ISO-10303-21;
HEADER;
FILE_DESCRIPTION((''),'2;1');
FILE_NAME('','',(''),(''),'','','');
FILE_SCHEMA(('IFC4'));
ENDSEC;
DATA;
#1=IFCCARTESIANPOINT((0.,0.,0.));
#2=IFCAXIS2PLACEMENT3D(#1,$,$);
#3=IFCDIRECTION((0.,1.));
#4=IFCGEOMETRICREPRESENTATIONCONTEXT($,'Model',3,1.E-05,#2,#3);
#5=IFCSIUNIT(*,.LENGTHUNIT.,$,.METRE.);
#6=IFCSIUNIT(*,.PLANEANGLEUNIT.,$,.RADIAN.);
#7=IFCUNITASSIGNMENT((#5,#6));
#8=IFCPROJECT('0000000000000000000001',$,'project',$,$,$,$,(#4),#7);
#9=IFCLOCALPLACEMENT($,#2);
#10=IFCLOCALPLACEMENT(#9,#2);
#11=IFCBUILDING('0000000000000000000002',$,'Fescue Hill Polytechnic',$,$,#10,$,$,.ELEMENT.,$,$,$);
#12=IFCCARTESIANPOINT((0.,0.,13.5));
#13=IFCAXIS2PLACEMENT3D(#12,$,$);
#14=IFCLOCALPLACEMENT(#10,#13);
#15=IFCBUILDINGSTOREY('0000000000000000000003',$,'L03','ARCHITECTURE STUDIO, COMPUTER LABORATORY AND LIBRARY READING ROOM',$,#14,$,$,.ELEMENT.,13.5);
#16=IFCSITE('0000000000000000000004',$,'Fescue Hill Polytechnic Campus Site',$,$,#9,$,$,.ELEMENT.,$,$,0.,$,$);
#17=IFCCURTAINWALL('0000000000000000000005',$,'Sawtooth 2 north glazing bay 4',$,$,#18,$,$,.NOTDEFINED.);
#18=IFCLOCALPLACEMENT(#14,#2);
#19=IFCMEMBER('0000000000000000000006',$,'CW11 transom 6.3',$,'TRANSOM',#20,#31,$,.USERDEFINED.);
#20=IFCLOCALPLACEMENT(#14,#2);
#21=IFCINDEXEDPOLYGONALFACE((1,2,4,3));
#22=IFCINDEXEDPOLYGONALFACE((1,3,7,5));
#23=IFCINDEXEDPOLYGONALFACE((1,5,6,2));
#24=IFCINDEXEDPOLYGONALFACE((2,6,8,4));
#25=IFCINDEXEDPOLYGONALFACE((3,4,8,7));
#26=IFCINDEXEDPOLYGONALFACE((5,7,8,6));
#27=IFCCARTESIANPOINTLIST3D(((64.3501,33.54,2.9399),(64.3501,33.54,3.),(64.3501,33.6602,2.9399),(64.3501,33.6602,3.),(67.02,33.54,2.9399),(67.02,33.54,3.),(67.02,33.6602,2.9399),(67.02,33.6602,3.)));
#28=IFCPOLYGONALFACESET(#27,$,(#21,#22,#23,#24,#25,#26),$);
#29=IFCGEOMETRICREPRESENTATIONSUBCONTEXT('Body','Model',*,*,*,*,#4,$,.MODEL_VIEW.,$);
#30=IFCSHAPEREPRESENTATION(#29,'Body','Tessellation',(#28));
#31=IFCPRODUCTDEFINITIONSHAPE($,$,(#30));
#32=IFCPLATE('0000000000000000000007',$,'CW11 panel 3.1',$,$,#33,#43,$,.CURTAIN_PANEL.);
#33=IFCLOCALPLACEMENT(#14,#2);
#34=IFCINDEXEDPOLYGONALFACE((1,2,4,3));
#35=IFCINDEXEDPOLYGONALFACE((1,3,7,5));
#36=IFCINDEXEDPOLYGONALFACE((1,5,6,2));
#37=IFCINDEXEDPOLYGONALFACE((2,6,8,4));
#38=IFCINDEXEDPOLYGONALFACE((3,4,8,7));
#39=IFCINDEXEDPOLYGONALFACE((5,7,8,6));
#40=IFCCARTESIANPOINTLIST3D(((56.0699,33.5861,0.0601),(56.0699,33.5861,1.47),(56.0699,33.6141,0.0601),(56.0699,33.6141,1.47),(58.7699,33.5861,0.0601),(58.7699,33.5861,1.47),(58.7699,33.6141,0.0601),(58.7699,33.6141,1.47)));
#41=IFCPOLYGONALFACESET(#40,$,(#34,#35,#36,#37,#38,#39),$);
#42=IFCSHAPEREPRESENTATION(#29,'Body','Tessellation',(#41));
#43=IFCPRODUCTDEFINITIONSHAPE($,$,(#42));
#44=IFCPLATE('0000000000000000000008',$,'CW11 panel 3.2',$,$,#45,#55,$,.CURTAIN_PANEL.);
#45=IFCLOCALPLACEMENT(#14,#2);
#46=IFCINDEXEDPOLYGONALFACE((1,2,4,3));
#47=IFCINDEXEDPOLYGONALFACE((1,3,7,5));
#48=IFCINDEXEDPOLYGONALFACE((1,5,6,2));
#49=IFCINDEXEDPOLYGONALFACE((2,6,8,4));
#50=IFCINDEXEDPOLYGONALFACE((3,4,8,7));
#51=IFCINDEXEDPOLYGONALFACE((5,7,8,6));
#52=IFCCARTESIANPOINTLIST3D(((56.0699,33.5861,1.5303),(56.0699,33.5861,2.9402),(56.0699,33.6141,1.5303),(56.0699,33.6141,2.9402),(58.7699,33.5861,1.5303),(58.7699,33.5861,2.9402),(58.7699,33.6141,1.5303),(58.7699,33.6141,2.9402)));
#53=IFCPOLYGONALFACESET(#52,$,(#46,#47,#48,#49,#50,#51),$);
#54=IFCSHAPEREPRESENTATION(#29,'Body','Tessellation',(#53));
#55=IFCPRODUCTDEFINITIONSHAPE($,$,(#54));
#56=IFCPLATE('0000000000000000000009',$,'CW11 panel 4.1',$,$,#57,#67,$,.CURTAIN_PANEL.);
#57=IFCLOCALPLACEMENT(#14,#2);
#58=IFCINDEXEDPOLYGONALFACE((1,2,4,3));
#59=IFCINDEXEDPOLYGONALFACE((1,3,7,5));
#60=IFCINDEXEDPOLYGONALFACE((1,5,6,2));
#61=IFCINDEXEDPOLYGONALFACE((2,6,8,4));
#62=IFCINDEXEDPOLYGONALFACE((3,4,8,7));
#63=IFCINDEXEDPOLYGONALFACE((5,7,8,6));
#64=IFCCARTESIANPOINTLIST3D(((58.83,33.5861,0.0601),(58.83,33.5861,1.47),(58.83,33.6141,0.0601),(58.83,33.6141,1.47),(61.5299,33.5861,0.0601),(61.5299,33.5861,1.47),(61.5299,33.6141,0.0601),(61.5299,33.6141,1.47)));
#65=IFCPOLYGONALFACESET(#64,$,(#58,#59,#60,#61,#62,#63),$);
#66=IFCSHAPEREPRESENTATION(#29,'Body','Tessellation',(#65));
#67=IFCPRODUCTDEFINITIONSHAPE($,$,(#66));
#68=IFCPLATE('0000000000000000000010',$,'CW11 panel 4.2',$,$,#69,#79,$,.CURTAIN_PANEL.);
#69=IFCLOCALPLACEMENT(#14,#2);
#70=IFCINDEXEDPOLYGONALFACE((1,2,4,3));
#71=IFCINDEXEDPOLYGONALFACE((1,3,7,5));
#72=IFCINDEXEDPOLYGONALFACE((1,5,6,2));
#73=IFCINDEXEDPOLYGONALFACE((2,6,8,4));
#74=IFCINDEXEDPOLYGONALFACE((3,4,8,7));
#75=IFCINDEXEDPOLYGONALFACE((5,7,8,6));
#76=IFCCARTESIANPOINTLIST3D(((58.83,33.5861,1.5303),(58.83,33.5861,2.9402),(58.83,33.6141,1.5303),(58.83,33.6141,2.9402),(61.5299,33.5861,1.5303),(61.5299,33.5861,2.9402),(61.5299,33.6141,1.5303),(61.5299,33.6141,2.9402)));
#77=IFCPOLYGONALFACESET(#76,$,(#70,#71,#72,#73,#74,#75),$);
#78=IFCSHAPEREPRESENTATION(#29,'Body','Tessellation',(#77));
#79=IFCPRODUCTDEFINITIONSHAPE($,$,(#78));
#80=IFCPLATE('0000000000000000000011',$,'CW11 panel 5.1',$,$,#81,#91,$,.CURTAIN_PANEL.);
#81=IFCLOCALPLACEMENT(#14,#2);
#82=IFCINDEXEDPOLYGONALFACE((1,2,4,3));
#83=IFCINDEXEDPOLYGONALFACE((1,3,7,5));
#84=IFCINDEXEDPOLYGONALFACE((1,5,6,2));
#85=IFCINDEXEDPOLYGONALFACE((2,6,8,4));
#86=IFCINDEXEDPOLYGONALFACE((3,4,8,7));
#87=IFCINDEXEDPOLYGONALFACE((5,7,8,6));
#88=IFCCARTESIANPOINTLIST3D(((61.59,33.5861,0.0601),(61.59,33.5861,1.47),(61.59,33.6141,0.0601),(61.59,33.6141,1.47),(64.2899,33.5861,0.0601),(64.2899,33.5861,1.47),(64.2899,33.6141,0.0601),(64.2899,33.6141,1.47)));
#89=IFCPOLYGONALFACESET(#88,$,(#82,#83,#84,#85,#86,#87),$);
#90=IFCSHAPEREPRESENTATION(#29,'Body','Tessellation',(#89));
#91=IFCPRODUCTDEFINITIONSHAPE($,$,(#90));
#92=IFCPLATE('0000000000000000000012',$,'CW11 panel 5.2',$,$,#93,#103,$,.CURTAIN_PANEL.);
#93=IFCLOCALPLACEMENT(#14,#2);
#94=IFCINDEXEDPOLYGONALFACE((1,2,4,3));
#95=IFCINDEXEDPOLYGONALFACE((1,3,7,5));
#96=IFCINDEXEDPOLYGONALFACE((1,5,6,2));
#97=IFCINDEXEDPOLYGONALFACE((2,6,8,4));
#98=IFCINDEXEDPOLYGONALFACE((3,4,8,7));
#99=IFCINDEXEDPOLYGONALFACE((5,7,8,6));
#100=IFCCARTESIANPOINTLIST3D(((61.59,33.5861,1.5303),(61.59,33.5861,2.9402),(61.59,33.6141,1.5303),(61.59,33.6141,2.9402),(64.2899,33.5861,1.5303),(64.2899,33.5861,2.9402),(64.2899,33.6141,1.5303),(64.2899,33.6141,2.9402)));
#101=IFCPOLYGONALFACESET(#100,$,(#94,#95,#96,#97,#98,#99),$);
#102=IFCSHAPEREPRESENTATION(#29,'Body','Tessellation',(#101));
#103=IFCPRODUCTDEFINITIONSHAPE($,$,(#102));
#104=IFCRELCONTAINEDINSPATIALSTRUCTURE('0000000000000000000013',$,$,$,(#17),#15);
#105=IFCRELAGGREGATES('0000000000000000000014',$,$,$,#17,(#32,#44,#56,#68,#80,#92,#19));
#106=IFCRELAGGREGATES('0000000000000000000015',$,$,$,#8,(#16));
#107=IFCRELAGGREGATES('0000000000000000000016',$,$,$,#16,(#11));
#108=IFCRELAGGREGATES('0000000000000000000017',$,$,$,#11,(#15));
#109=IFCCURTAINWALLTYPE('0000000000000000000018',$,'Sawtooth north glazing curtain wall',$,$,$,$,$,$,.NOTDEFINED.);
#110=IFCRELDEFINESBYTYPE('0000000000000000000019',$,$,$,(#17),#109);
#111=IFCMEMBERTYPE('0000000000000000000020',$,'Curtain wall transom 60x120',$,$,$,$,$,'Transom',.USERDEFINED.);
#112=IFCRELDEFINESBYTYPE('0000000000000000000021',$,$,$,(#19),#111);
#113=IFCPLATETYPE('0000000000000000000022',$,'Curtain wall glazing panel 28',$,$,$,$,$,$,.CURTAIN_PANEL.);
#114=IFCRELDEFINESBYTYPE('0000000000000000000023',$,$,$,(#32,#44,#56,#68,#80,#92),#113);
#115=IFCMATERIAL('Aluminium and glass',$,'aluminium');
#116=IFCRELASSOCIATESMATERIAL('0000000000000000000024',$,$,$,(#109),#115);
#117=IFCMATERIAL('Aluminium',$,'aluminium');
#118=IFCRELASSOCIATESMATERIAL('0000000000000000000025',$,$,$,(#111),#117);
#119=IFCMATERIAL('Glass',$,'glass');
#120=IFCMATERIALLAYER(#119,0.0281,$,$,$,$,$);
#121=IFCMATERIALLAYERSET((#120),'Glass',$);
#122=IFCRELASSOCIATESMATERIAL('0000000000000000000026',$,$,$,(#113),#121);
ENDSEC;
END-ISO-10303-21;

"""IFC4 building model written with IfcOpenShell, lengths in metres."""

from ifc_helpers import new_model, si_unit, direction, frame, origin, origin_2d, place, context, subcontext, project, spatial, rectangle, extrude, material, layer, layer_set, material_profile, profile_set, type_object, element, aggregate, save


model = new_model("IFC4")

# Units and contexts
model_context = context("Model", 3, precision=1e-05, world=origin(), true_north=direction((0.0, 1.0)))
body_context = subcontext(model_context, "Body", "Model", "MODEL_VIEW")
ifc_project = project(units=[si_unit("LENGTHUNIT", "METRE"), si_unit("PLANEANGLEUNIT", "RADIAN")], contexts=[model_context])

# Site, building, storey
site_placement = place(None, origin())
site = spatial("IfcSite", under=ifc_project, at=site_placement, Name="Fescue Hill Polytechnic Campus Site", CompositionType="ELEMENT", RefElevation=0.0)
building_placement = place(site_placement, origin())
building = spatial("IfcBuilding", under=site, at=building_placement, Name="Fescue Hill Polytechnic", CompositionType="ELEMENT")
storey_placement = place(building_placement, frame((0.0, 0.0, 13.5)))
storey = spatial("IfcBuildingStorey", under=building, at=storey_placement, Name="L03", Description="ARCHITECTURE STUDIO, COMPUTER LABORATORY AND LIBRARY READING ROOM", CompositionType="ELEMENT", Elevation=13.5)

# Curtain wall, member, plates
ifc_material_1 = material(Name="Aluminium and glass", Category="aluminium")
curtain_wall_type = type_object("IfcCurtainWallType", Name="Sawtooth north glazing curtain wall", PredefinedType="NOTDEFINED", material=ifc_material_1)
curtain_wall_placement = place(storey_placement, origin())
curtain_wall = element("IfcCurtainWall", 1, at=curtain_wall_placement, inside=storey, type_object=curtain_wall_type, Name="Sawtooth 2 north glazing bay 4", PredefinedType="NOTDEFINED")
ifc_material_2 = material(Name="Aluminium", Category="aluminium")
ifc_material_profile_1 = material_profile(ifc_material_2, rectangle(XDim=0.1201, YDim=0.0601, at=origin_2d()), Name="Curtain wall transom 60x120")
ifc_profile_set_1 = profile_set([ifc_material_profile_1], Name="Aluminium")
member_type_1 = type_object("IfcMemberType", Name="Curtain wall transom 60x120", ElementType="Transom", PredefinedType="USERDEFINED", material=ifc_profile_set_1)
member_1_placement = place(storey_placement, frame((64.3501, 33.6001, 2.97), z_axis=(1.0, 0.0, 0.0), x_axis=(0.0, 1.0, 0.0)))
member_1 = element("IfcMember", 2, at=member_1_placement, type_object=member_type_1, Name="CW11 transom 6.3", ObjectType="TRANSOM", PredefinedType="USERDEFINED", context=body_context, shape_type="SweptSolid", body=[
    extrude(rectangle(XDim=0.1201, YDim=0.0601, at=origin_2d()), origin(), (0.0, 0.0, 1.0), 2.6699),
])
ifc_material_3 = material(Name="Glass", Category="glass")
ifc_layer = layer(ifc_material_3, 0.0281)
ifc_layer_set = layer_set([ifc_layer], Name="Glass")
plate_type = type_object("IfcPlateType", Name="Curtain wall glazing panel 28", PredefinedType="CURTAIN_PANEL", material=ifc_layer_set)
plate_1_placement = place(storey_placement, frame((57.4199, 33.6001, 0.0601), z_axis=(0.0, 0.0, 1.0), x_axis=(1.0, 0.0, 0.0)))
plate_1 = element("IfcPlate", 3, at=plate_1_placement, type_object=plate_type, Name="CW11 panel 3.1", PredefinedType="CURTAIN_PANEL", context=body_context, shape_type="SweptSolid", body=[
    extrude(rectangle(XDim=2.7, YDim=0.0281, at=origin_2d()), origin(), (0.0, 0.0, 1.0), 1.4099),
])
plate_2_placement = place(storey_placement, frame((57.4199, 33.6001, 1.5303), z_axis=(0.0, 0.0, 1.0), x_axis=(1.0, 0.0, 0.0)))
plate_2 = element("IfcPlate", 4, at=plate_2_placement, type_object=plate_type, Name="CW11 panel 3.2", PredefinedType="CURTAIN_PANEL", context=body_context, shape_type="SweptSolid", body=[
    extrude(rectangle(XDim=2.7, YDim=0.0281, at=origin_2d()), origin(), (0.0, 0.0, 1.0), 1.4099),
])
plate_3_placement = place(storey_placement, frame((60.1799, 33.6001, 0.0601), z_axis=(0.0, 0.0, 1.0), x_axis=(1.0, 0.0, 0.0)))
plate_3 = element("IfcPlate", 5, at=plate_3_placement, type_object=plate_type, Name="CW11 panel 4.1", PredefinedType="CURTAIN_PANEL", context=body_context, shape_type="SweptSolid", body=[
    extrude(rectangle(XDim=2.7, YDim=0.0281, at=origin_2d()), origin(), (0.0, 0.0, 1.0), 1.4099),
])
plate_4_placement = place(storey_placement, frame((60.1799, 33.6001, 1.5303), z_axis=(0.0, 0.0, 1.0), x_axis=(1.0, 0.0, 0.0)))
plate_4 = element("IfcPlate", 6, at=plate_4_placement, type_object=plate_type, Name="CW11 panel 4.2", PredefinedType="CURTAIN_PANEL", context=body_context, shape_type="SweptSolid", body=[
    extrude(rectangle(XDim=2.7, YDim=0.0281, at=origin_2d()), origin(), (0.0, 0.0, 1.0), 1.4099),
])
plate_5_placement = place(storey_placement, frame((62.9399, 33.6001, 0.0601), z_axis=(0.0, 0.0, 1.0), x_axis=(1.0, 0.0, 0.0)))
plate_5 = element("IfcPlate", 7, at=plate_5_placement, type_object=plate_type, Name="CW11 panel 5.1", PredefinedType="CURTAIN_PANEL", context=body_context, shape_type="SweptSolid", body=[
    extrude(rectangle(XDim=2.7, YDim=0.0281, at=origin_2d()), origin(), (0.0, 0.0, 1.0), 1.4099),
])
plate_6_placement = place(storey_placement, frame((62.9399, 33.6001, 1.5303), z_axis=(0.0, 0.0, 1.0), x_axis=(1.0, 0.0, 0.0)))
plate_6 = element("IfcPlate", 8, at=plate_6_placement, type_object=plate_type, Name="CW11 panel 5.2", PredefinedType="CURTAIN_PANEL", context=body_context, shape_type="SweptSolid", body=[
    extrude(rectangle(XDim=2.7, YDim=0.0281, at=origin_2d()), origin(), (0.0, 0.0, 1.0), 1.4099),
])
aggregate(curtain_wall, [plate_1, plate_2, plate_3, plate_4, plate_5, plate_6, member_1])

save(model, "model.ifc")
